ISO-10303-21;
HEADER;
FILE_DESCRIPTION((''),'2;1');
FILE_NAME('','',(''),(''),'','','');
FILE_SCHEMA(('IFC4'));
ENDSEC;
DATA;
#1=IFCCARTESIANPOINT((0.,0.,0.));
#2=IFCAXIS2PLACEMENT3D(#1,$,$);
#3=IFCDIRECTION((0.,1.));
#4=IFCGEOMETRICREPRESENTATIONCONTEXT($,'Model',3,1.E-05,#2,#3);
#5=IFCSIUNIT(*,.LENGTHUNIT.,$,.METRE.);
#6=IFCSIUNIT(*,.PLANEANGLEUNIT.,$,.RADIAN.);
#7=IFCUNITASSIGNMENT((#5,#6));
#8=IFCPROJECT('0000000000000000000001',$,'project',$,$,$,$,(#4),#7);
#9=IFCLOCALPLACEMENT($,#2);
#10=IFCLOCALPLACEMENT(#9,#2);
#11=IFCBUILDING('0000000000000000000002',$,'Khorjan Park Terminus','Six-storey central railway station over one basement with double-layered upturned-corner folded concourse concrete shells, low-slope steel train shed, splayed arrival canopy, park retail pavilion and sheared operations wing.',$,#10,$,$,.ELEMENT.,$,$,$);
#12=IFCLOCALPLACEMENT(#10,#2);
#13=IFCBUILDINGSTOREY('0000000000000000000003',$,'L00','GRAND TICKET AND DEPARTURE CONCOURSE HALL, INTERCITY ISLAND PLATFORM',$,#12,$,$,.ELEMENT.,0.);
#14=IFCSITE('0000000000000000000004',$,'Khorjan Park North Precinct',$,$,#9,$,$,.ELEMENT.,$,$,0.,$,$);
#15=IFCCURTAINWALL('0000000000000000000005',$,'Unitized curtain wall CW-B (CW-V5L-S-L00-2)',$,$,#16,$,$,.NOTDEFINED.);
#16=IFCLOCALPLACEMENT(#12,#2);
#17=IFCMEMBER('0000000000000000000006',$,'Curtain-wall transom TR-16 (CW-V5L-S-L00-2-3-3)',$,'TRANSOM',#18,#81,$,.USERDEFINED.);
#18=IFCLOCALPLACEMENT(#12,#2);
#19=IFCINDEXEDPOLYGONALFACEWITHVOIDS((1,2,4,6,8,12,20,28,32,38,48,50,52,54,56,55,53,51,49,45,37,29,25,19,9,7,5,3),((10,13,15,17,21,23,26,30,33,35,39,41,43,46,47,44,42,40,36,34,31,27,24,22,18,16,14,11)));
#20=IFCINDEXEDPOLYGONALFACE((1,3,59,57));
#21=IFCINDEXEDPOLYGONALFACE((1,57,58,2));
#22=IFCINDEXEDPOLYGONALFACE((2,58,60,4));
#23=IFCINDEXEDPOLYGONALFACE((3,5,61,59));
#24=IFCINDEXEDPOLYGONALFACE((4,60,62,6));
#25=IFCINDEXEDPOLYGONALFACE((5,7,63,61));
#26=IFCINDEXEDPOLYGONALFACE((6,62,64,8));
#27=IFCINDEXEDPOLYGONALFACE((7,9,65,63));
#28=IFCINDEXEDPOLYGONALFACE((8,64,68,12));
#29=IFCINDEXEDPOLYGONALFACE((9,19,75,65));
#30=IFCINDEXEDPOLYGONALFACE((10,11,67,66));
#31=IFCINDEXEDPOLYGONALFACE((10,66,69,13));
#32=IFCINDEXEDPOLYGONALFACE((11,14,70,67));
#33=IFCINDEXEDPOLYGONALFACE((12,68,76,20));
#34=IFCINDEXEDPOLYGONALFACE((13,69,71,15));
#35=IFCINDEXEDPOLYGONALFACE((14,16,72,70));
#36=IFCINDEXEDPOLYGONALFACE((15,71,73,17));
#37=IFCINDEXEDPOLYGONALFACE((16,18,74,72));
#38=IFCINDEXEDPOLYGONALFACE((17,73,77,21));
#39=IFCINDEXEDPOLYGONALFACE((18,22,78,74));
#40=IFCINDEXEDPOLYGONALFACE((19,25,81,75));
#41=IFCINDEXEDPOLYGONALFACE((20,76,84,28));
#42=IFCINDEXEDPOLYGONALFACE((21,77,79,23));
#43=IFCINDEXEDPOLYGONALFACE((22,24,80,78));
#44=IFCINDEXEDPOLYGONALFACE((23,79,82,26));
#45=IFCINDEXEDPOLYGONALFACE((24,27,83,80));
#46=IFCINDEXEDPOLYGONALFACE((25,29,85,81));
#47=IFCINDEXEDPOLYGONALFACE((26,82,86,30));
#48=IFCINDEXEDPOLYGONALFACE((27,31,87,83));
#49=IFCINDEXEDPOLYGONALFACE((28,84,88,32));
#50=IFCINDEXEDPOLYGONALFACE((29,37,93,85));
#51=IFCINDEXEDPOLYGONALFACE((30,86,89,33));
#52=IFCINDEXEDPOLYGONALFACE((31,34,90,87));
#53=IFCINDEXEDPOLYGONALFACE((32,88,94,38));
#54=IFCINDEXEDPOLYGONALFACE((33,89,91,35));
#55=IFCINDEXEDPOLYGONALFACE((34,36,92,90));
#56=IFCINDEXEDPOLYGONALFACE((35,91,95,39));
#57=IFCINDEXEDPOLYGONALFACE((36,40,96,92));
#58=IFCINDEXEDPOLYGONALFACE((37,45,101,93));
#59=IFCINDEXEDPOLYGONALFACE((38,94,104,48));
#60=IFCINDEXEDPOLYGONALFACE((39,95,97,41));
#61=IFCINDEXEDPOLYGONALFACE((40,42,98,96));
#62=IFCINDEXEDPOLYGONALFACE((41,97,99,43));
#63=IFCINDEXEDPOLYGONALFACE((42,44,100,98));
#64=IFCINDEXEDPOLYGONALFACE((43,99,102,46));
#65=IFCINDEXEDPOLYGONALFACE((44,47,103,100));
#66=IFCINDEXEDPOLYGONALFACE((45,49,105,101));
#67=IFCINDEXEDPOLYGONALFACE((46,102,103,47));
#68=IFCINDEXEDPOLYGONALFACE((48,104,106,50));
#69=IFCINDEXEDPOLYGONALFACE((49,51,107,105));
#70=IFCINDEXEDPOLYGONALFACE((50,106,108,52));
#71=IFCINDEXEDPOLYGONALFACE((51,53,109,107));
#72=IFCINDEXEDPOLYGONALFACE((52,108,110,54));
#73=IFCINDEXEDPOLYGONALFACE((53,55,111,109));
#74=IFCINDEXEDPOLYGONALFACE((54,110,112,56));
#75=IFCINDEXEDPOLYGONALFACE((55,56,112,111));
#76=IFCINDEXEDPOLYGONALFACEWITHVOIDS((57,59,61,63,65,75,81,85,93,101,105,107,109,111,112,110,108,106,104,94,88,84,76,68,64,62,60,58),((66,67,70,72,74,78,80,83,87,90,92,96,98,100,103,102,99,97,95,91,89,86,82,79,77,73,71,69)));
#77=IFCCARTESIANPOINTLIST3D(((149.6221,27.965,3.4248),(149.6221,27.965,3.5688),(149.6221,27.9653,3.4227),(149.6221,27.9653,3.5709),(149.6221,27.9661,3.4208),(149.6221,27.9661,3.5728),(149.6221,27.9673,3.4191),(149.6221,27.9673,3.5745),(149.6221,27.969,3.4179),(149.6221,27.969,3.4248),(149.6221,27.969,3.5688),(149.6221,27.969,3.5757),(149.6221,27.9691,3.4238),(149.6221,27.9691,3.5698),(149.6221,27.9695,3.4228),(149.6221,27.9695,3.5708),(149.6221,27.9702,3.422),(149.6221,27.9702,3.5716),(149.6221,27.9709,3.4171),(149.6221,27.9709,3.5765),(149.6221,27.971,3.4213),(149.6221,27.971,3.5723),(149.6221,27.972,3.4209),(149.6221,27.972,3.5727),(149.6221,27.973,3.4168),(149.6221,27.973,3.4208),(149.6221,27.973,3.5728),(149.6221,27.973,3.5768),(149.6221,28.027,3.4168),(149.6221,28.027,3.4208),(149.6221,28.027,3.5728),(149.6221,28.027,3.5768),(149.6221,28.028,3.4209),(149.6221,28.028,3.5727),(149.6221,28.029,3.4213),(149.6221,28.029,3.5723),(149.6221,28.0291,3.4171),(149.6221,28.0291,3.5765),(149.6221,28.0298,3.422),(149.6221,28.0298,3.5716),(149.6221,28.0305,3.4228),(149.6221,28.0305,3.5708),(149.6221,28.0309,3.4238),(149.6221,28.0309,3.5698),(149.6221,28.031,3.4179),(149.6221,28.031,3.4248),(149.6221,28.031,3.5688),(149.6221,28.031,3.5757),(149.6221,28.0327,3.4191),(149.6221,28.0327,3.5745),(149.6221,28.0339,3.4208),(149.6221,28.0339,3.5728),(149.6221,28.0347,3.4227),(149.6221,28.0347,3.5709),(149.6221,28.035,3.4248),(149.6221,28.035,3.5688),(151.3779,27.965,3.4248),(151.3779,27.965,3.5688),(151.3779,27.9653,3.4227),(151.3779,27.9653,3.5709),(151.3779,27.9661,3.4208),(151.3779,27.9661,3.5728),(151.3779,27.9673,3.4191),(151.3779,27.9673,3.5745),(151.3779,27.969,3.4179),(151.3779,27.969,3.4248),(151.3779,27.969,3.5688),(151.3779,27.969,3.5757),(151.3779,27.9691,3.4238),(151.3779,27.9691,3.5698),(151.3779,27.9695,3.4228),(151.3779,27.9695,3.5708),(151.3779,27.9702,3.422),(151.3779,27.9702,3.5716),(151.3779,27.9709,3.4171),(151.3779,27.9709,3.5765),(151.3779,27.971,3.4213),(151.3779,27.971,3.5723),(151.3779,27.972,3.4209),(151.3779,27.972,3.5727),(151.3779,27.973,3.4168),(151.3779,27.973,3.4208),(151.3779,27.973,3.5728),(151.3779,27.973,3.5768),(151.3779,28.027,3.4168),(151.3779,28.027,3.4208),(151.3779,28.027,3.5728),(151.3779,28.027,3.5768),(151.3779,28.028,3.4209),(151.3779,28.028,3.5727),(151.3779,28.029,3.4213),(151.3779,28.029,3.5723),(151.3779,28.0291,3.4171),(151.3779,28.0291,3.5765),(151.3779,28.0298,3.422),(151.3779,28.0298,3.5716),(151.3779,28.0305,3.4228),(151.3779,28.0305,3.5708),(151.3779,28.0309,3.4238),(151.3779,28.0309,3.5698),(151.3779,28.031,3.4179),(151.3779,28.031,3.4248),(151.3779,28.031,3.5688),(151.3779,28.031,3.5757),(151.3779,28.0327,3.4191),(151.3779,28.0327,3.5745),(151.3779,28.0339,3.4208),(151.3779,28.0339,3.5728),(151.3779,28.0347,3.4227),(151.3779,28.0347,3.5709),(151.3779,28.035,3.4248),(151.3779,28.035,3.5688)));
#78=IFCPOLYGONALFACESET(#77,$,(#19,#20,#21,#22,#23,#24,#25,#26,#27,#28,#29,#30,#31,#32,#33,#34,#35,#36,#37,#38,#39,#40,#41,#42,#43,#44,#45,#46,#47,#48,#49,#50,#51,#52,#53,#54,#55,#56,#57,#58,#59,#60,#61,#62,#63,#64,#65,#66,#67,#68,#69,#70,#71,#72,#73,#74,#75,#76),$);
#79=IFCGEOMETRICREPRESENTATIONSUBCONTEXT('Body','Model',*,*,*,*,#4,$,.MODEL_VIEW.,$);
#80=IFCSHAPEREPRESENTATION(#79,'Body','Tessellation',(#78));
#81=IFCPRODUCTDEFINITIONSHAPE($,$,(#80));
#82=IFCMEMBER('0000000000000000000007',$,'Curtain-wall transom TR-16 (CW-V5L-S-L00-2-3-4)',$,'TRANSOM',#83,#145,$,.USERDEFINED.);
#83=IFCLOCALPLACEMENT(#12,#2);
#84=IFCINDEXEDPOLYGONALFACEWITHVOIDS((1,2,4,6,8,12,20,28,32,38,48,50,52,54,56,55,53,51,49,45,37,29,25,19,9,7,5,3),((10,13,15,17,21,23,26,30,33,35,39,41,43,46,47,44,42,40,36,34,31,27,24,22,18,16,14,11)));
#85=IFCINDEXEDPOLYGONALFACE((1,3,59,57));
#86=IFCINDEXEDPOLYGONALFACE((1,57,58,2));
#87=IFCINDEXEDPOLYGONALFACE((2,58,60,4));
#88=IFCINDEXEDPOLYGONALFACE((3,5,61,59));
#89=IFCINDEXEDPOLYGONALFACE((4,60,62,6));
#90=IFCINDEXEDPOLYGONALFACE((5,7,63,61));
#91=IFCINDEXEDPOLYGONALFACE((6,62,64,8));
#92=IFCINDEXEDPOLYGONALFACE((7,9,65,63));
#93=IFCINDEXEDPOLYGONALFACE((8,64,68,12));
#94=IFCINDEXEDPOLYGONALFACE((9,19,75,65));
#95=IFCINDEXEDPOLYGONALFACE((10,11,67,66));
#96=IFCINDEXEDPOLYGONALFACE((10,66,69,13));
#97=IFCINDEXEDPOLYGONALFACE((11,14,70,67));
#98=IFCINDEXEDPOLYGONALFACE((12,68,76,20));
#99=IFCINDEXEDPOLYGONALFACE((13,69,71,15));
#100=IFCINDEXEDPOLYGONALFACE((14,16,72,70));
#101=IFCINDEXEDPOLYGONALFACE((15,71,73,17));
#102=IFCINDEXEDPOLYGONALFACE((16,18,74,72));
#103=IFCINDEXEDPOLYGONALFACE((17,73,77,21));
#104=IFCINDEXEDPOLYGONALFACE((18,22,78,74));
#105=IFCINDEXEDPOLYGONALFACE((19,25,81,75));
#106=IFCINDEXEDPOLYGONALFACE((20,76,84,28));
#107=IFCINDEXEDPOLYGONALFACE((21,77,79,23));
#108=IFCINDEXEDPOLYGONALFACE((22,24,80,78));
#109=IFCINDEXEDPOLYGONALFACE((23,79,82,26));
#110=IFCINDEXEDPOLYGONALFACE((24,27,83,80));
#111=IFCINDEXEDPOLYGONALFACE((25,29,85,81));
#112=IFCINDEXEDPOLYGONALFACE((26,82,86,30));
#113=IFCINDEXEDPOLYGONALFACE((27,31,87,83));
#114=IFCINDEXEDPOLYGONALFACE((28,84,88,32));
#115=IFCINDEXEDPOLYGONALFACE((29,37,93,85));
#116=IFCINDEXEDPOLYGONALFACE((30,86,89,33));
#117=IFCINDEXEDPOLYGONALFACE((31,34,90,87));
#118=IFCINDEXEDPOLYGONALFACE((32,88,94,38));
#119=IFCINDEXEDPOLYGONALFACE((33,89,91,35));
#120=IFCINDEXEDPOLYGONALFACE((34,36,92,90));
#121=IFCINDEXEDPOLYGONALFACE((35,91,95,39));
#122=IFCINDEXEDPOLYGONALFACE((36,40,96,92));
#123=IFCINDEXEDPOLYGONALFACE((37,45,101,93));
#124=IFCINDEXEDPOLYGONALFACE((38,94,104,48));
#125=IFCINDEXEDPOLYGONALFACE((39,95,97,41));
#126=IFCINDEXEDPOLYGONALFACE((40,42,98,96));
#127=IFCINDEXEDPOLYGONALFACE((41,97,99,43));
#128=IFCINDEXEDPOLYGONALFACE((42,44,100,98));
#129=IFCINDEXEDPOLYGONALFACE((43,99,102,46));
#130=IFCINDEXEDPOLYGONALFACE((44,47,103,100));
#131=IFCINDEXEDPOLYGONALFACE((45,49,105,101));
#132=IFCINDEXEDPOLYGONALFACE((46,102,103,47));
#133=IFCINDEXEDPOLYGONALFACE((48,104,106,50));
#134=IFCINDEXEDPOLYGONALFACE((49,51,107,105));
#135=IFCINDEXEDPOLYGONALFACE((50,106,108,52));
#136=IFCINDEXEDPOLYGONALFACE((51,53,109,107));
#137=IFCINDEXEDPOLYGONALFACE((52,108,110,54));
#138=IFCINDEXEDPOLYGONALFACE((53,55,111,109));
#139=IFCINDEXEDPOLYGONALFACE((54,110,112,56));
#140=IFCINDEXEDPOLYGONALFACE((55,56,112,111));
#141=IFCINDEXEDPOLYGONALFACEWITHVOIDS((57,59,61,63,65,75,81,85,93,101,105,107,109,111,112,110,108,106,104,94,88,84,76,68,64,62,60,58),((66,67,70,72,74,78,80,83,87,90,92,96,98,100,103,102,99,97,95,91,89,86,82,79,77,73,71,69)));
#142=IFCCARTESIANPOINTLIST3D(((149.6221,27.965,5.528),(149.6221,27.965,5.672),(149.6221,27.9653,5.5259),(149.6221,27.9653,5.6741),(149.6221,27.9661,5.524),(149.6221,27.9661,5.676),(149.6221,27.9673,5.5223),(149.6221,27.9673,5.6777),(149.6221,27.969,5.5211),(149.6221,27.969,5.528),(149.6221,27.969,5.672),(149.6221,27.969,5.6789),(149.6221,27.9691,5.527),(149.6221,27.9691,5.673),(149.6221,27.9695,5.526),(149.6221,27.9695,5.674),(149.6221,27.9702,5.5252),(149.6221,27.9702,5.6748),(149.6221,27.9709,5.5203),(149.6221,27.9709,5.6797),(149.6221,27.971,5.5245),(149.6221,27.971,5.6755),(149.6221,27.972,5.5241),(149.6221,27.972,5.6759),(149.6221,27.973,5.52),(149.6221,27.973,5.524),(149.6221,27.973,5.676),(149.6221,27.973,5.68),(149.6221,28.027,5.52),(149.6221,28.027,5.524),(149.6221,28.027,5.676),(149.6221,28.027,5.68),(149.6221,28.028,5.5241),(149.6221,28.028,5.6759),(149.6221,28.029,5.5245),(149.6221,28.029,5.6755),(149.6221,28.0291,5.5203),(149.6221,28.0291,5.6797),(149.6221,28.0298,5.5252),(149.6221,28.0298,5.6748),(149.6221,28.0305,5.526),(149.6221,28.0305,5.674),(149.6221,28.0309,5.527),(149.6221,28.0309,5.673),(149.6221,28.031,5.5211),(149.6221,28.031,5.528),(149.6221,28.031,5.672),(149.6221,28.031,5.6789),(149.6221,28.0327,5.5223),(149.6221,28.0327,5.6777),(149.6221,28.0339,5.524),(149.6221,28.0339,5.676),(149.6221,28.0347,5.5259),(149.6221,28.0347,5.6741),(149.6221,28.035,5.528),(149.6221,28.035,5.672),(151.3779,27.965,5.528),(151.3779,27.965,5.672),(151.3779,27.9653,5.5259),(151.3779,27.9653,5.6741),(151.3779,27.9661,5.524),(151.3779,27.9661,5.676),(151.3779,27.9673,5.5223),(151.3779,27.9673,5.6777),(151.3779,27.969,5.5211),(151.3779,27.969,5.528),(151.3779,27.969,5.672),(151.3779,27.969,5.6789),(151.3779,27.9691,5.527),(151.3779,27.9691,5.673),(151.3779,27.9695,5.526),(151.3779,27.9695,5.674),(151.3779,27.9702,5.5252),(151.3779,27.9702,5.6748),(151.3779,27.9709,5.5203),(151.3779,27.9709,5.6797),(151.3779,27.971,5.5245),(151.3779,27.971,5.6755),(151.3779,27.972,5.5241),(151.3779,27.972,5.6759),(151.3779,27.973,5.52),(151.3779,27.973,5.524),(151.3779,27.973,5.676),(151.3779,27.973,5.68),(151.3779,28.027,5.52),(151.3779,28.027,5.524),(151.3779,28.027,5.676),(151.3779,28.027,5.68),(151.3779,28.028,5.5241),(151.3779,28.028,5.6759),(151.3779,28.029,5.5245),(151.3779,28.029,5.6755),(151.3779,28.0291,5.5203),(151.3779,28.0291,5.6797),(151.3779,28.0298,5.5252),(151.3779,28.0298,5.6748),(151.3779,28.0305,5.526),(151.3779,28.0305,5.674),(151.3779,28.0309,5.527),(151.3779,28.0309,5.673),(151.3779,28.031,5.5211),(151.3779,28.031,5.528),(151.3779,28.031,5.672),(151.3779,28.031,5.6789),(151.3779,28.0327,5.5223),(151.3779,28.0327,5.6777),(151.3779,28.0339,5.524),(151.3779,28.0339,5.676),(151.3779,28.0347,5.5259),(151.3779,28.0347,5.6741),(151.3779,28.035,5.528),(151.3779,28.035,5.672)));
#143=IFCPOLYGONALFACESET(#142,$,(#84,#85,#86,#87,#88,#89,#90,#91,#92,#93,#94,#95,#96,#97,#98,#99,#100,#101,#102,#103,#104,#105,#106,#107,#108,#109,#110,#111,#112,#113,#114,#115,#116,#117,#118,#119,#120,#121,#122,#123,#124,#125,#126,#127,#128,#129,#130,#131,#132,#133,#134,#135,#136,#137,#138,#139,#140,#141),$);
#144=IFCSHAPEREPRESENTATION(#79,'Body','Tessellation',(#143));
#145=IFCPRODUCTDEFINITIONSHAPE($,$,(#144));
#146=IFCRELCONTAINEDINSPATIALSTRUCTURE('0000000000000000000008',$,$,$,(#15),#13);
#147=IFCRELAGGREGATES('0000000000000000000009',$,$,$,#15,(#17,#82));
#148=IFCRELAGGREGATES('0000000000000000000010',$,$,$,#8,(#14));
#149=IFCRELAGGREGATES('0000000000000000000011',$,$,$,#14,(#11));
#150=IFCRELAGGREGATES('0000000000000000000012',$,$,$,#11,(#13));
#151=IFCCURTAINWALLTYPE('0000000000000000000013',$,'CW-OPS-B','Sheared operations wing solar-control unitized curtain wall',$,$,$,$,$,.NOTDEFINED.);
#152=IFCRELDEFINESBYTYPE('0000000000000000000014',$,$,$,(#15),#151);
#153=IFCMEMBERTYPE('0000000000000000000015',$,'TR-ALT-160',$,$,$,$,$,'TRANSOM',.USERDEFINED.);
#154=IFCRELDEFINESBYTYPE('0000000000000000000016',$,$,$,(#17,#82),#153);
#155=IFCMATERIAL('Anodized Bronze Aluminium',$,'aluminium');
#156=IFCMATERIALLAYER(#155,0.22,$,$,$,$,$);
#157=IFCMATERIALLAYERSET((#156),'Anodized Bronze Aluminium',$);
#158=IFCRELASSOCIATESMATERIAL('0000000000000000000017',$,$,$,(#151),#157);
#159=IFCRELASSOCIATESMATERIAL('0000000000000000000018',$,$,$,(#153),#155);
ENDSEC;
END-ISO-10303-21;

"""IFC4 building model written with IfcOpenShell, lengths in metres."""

from ifc_helpers import new_model, si_unit, direction, frame, origin, origin_2d, place, context, subcontext, project, spatial, hollow_rectangle, extrude, material, layer, layer_set, material_profile, profile_set, type_object, element, aggregate, save


model = new_model("IFC4")

# Units and contexts
model_context = context("Model", 3, precision=1e-05, world=origin(), true_north=direction((0.0, 1.0)))
body_context = subcontext(model_context, "Body", "Model", "MODEL_VIEW")
ifc_project = project(units=[si_unit("LENGTHUNIT", "METRE"), si_unit("PLANEANGLEUNIT", "RADIAN")], contexts=[model_context])

# Site, building, storey
site_placement = place(None, origin())
site = spatial("IfcSite", under=ifc_project, at=site_placement, Name="Khorjan Park North Precinct", CompositionType="ELEMENT", RefElevation=0.0)
building_placement = place(site_placement, origin())
building = spatial("IfcBuilding", under=site, at=building_placement, Name="Khorjan Park Terminus", Description="Six-storey central railway station over one basement with double-layered upturned-corner folded concourse concrete shells, low-slope steel train shed, splayed arrival canopy, park retail pavilion and sheared operations wing.", CompositionType="ELEMENT")
storey_placement = place(building_placement, origin())
storey = spatial("IfcBuildingStorey", under=building, at=storey_placement, Name="L00", Description="GRAND TICKET AND DEPARTURE CONCOURSE HALL, INTERCITY ISLAND PLATFORM", CompositionType="ELEMENT", Elevation=0.0)

# Curtain wall, members
ifc_material_1 = material(Name="Anodized Bronze Aluminium", Category="aluminium")
ifc_layer_1 = layer(ifc_material_1, 0.22)
ifc_layer_set_1 = layer_set([ifc_layer_1], Name="Anodized Bronze Aluminium")
curtain_wall_type = type_object("IfcCurtainWallType", Name="CW-OPS-B", Description="Sheared operations wing solar-control unitized curtain wall", PredefinedType="NOTDEFINED", material=ifc_layer_set_1)
curtain_wall_placement = place(storey_placement, origin())
curtain_wall = element("IfcCurtainWall", 1, at=curtain_wall_placement, inside=storey, type_object=curtain_wall_type, Name="Unitized curtain wall CW-B (CW-V5L-S-L00-2)", PredefinedType="NOTDEFINED")
ifc_material_profile_1 = material_profile(ifc_material_1, hollow_rectangle(XDim=0.07, YDim=0.16, WallThickness=0.004, InnerFilletRadius=0.004, OuterFilletRadius=0.008, at=origin_2d()), Name="ALT 70x160x4")
ifc_profile_set_1 = profile_set([ifc_material_profile_1], Name="Anodized Bronze Aluminium")
member_type_1 = type_object("IfcMemberType", Name="TR-ALT-160", ElementType="TRANSOM", PredefinedType="USERDEFINED", material=ifc_profile_set_1)
member_1_placement = place(storey_placement, frame((149.6221, 28.0, 3.4968), z_axis=(1.0, 0.0, 0.0), x_axis=(0.0, 1.0, 0.0)))
member_1 = element("IfcMember", 2, at=member_1_placement, type_object=member_type_1, Name="Curtain-wall transom TR-16 (CW-V5L-S-L00-2-3-3)", ObjectType="TRANSOM", PredefinedType="USERDEFINED", context=body_context, shape_type="SweptSolid", body=[
    extrude(hollow_rectangle(XDim=0.07, YDim=0.16, WallThickness=0.004, InnerFilletRadius=0.004, OuterFilletRadius=0.008, at=origin_2d()), origin(), (0.0, 0.0, 1.0), 1.7558),
])
member_2_placement = place(storey_placement, frame((149.6221, 28.0, 5.6), z_axis=(1.0, 0.0, 0.0), x_axis=(0.0, 1.0, 0.0)))
member_2 = element("IfcMember", 3, at=member_2_placement, type_object=member_type_1, Name="Curtain-wall transom TR-16 (CW-V5L-S-L00-2-3-4)", ObjectType="TRANSOM", PredefinedType="USERDEFINED", context=body_context, shape_type="SweptSolid", body=[
    extrude(hollow_rectangle(XDim=0.07, YDim=0.16, WallThickness=0.004, InnerFilletRadius=0.004, OuterFilletRadius=0.008, at=origin_2d()), origin(), (0.0, 0.0, 1.0), 1.7558),
])
aggregate(curtain_wall, [member_1, member_2])

save(model, "model.ifc")
